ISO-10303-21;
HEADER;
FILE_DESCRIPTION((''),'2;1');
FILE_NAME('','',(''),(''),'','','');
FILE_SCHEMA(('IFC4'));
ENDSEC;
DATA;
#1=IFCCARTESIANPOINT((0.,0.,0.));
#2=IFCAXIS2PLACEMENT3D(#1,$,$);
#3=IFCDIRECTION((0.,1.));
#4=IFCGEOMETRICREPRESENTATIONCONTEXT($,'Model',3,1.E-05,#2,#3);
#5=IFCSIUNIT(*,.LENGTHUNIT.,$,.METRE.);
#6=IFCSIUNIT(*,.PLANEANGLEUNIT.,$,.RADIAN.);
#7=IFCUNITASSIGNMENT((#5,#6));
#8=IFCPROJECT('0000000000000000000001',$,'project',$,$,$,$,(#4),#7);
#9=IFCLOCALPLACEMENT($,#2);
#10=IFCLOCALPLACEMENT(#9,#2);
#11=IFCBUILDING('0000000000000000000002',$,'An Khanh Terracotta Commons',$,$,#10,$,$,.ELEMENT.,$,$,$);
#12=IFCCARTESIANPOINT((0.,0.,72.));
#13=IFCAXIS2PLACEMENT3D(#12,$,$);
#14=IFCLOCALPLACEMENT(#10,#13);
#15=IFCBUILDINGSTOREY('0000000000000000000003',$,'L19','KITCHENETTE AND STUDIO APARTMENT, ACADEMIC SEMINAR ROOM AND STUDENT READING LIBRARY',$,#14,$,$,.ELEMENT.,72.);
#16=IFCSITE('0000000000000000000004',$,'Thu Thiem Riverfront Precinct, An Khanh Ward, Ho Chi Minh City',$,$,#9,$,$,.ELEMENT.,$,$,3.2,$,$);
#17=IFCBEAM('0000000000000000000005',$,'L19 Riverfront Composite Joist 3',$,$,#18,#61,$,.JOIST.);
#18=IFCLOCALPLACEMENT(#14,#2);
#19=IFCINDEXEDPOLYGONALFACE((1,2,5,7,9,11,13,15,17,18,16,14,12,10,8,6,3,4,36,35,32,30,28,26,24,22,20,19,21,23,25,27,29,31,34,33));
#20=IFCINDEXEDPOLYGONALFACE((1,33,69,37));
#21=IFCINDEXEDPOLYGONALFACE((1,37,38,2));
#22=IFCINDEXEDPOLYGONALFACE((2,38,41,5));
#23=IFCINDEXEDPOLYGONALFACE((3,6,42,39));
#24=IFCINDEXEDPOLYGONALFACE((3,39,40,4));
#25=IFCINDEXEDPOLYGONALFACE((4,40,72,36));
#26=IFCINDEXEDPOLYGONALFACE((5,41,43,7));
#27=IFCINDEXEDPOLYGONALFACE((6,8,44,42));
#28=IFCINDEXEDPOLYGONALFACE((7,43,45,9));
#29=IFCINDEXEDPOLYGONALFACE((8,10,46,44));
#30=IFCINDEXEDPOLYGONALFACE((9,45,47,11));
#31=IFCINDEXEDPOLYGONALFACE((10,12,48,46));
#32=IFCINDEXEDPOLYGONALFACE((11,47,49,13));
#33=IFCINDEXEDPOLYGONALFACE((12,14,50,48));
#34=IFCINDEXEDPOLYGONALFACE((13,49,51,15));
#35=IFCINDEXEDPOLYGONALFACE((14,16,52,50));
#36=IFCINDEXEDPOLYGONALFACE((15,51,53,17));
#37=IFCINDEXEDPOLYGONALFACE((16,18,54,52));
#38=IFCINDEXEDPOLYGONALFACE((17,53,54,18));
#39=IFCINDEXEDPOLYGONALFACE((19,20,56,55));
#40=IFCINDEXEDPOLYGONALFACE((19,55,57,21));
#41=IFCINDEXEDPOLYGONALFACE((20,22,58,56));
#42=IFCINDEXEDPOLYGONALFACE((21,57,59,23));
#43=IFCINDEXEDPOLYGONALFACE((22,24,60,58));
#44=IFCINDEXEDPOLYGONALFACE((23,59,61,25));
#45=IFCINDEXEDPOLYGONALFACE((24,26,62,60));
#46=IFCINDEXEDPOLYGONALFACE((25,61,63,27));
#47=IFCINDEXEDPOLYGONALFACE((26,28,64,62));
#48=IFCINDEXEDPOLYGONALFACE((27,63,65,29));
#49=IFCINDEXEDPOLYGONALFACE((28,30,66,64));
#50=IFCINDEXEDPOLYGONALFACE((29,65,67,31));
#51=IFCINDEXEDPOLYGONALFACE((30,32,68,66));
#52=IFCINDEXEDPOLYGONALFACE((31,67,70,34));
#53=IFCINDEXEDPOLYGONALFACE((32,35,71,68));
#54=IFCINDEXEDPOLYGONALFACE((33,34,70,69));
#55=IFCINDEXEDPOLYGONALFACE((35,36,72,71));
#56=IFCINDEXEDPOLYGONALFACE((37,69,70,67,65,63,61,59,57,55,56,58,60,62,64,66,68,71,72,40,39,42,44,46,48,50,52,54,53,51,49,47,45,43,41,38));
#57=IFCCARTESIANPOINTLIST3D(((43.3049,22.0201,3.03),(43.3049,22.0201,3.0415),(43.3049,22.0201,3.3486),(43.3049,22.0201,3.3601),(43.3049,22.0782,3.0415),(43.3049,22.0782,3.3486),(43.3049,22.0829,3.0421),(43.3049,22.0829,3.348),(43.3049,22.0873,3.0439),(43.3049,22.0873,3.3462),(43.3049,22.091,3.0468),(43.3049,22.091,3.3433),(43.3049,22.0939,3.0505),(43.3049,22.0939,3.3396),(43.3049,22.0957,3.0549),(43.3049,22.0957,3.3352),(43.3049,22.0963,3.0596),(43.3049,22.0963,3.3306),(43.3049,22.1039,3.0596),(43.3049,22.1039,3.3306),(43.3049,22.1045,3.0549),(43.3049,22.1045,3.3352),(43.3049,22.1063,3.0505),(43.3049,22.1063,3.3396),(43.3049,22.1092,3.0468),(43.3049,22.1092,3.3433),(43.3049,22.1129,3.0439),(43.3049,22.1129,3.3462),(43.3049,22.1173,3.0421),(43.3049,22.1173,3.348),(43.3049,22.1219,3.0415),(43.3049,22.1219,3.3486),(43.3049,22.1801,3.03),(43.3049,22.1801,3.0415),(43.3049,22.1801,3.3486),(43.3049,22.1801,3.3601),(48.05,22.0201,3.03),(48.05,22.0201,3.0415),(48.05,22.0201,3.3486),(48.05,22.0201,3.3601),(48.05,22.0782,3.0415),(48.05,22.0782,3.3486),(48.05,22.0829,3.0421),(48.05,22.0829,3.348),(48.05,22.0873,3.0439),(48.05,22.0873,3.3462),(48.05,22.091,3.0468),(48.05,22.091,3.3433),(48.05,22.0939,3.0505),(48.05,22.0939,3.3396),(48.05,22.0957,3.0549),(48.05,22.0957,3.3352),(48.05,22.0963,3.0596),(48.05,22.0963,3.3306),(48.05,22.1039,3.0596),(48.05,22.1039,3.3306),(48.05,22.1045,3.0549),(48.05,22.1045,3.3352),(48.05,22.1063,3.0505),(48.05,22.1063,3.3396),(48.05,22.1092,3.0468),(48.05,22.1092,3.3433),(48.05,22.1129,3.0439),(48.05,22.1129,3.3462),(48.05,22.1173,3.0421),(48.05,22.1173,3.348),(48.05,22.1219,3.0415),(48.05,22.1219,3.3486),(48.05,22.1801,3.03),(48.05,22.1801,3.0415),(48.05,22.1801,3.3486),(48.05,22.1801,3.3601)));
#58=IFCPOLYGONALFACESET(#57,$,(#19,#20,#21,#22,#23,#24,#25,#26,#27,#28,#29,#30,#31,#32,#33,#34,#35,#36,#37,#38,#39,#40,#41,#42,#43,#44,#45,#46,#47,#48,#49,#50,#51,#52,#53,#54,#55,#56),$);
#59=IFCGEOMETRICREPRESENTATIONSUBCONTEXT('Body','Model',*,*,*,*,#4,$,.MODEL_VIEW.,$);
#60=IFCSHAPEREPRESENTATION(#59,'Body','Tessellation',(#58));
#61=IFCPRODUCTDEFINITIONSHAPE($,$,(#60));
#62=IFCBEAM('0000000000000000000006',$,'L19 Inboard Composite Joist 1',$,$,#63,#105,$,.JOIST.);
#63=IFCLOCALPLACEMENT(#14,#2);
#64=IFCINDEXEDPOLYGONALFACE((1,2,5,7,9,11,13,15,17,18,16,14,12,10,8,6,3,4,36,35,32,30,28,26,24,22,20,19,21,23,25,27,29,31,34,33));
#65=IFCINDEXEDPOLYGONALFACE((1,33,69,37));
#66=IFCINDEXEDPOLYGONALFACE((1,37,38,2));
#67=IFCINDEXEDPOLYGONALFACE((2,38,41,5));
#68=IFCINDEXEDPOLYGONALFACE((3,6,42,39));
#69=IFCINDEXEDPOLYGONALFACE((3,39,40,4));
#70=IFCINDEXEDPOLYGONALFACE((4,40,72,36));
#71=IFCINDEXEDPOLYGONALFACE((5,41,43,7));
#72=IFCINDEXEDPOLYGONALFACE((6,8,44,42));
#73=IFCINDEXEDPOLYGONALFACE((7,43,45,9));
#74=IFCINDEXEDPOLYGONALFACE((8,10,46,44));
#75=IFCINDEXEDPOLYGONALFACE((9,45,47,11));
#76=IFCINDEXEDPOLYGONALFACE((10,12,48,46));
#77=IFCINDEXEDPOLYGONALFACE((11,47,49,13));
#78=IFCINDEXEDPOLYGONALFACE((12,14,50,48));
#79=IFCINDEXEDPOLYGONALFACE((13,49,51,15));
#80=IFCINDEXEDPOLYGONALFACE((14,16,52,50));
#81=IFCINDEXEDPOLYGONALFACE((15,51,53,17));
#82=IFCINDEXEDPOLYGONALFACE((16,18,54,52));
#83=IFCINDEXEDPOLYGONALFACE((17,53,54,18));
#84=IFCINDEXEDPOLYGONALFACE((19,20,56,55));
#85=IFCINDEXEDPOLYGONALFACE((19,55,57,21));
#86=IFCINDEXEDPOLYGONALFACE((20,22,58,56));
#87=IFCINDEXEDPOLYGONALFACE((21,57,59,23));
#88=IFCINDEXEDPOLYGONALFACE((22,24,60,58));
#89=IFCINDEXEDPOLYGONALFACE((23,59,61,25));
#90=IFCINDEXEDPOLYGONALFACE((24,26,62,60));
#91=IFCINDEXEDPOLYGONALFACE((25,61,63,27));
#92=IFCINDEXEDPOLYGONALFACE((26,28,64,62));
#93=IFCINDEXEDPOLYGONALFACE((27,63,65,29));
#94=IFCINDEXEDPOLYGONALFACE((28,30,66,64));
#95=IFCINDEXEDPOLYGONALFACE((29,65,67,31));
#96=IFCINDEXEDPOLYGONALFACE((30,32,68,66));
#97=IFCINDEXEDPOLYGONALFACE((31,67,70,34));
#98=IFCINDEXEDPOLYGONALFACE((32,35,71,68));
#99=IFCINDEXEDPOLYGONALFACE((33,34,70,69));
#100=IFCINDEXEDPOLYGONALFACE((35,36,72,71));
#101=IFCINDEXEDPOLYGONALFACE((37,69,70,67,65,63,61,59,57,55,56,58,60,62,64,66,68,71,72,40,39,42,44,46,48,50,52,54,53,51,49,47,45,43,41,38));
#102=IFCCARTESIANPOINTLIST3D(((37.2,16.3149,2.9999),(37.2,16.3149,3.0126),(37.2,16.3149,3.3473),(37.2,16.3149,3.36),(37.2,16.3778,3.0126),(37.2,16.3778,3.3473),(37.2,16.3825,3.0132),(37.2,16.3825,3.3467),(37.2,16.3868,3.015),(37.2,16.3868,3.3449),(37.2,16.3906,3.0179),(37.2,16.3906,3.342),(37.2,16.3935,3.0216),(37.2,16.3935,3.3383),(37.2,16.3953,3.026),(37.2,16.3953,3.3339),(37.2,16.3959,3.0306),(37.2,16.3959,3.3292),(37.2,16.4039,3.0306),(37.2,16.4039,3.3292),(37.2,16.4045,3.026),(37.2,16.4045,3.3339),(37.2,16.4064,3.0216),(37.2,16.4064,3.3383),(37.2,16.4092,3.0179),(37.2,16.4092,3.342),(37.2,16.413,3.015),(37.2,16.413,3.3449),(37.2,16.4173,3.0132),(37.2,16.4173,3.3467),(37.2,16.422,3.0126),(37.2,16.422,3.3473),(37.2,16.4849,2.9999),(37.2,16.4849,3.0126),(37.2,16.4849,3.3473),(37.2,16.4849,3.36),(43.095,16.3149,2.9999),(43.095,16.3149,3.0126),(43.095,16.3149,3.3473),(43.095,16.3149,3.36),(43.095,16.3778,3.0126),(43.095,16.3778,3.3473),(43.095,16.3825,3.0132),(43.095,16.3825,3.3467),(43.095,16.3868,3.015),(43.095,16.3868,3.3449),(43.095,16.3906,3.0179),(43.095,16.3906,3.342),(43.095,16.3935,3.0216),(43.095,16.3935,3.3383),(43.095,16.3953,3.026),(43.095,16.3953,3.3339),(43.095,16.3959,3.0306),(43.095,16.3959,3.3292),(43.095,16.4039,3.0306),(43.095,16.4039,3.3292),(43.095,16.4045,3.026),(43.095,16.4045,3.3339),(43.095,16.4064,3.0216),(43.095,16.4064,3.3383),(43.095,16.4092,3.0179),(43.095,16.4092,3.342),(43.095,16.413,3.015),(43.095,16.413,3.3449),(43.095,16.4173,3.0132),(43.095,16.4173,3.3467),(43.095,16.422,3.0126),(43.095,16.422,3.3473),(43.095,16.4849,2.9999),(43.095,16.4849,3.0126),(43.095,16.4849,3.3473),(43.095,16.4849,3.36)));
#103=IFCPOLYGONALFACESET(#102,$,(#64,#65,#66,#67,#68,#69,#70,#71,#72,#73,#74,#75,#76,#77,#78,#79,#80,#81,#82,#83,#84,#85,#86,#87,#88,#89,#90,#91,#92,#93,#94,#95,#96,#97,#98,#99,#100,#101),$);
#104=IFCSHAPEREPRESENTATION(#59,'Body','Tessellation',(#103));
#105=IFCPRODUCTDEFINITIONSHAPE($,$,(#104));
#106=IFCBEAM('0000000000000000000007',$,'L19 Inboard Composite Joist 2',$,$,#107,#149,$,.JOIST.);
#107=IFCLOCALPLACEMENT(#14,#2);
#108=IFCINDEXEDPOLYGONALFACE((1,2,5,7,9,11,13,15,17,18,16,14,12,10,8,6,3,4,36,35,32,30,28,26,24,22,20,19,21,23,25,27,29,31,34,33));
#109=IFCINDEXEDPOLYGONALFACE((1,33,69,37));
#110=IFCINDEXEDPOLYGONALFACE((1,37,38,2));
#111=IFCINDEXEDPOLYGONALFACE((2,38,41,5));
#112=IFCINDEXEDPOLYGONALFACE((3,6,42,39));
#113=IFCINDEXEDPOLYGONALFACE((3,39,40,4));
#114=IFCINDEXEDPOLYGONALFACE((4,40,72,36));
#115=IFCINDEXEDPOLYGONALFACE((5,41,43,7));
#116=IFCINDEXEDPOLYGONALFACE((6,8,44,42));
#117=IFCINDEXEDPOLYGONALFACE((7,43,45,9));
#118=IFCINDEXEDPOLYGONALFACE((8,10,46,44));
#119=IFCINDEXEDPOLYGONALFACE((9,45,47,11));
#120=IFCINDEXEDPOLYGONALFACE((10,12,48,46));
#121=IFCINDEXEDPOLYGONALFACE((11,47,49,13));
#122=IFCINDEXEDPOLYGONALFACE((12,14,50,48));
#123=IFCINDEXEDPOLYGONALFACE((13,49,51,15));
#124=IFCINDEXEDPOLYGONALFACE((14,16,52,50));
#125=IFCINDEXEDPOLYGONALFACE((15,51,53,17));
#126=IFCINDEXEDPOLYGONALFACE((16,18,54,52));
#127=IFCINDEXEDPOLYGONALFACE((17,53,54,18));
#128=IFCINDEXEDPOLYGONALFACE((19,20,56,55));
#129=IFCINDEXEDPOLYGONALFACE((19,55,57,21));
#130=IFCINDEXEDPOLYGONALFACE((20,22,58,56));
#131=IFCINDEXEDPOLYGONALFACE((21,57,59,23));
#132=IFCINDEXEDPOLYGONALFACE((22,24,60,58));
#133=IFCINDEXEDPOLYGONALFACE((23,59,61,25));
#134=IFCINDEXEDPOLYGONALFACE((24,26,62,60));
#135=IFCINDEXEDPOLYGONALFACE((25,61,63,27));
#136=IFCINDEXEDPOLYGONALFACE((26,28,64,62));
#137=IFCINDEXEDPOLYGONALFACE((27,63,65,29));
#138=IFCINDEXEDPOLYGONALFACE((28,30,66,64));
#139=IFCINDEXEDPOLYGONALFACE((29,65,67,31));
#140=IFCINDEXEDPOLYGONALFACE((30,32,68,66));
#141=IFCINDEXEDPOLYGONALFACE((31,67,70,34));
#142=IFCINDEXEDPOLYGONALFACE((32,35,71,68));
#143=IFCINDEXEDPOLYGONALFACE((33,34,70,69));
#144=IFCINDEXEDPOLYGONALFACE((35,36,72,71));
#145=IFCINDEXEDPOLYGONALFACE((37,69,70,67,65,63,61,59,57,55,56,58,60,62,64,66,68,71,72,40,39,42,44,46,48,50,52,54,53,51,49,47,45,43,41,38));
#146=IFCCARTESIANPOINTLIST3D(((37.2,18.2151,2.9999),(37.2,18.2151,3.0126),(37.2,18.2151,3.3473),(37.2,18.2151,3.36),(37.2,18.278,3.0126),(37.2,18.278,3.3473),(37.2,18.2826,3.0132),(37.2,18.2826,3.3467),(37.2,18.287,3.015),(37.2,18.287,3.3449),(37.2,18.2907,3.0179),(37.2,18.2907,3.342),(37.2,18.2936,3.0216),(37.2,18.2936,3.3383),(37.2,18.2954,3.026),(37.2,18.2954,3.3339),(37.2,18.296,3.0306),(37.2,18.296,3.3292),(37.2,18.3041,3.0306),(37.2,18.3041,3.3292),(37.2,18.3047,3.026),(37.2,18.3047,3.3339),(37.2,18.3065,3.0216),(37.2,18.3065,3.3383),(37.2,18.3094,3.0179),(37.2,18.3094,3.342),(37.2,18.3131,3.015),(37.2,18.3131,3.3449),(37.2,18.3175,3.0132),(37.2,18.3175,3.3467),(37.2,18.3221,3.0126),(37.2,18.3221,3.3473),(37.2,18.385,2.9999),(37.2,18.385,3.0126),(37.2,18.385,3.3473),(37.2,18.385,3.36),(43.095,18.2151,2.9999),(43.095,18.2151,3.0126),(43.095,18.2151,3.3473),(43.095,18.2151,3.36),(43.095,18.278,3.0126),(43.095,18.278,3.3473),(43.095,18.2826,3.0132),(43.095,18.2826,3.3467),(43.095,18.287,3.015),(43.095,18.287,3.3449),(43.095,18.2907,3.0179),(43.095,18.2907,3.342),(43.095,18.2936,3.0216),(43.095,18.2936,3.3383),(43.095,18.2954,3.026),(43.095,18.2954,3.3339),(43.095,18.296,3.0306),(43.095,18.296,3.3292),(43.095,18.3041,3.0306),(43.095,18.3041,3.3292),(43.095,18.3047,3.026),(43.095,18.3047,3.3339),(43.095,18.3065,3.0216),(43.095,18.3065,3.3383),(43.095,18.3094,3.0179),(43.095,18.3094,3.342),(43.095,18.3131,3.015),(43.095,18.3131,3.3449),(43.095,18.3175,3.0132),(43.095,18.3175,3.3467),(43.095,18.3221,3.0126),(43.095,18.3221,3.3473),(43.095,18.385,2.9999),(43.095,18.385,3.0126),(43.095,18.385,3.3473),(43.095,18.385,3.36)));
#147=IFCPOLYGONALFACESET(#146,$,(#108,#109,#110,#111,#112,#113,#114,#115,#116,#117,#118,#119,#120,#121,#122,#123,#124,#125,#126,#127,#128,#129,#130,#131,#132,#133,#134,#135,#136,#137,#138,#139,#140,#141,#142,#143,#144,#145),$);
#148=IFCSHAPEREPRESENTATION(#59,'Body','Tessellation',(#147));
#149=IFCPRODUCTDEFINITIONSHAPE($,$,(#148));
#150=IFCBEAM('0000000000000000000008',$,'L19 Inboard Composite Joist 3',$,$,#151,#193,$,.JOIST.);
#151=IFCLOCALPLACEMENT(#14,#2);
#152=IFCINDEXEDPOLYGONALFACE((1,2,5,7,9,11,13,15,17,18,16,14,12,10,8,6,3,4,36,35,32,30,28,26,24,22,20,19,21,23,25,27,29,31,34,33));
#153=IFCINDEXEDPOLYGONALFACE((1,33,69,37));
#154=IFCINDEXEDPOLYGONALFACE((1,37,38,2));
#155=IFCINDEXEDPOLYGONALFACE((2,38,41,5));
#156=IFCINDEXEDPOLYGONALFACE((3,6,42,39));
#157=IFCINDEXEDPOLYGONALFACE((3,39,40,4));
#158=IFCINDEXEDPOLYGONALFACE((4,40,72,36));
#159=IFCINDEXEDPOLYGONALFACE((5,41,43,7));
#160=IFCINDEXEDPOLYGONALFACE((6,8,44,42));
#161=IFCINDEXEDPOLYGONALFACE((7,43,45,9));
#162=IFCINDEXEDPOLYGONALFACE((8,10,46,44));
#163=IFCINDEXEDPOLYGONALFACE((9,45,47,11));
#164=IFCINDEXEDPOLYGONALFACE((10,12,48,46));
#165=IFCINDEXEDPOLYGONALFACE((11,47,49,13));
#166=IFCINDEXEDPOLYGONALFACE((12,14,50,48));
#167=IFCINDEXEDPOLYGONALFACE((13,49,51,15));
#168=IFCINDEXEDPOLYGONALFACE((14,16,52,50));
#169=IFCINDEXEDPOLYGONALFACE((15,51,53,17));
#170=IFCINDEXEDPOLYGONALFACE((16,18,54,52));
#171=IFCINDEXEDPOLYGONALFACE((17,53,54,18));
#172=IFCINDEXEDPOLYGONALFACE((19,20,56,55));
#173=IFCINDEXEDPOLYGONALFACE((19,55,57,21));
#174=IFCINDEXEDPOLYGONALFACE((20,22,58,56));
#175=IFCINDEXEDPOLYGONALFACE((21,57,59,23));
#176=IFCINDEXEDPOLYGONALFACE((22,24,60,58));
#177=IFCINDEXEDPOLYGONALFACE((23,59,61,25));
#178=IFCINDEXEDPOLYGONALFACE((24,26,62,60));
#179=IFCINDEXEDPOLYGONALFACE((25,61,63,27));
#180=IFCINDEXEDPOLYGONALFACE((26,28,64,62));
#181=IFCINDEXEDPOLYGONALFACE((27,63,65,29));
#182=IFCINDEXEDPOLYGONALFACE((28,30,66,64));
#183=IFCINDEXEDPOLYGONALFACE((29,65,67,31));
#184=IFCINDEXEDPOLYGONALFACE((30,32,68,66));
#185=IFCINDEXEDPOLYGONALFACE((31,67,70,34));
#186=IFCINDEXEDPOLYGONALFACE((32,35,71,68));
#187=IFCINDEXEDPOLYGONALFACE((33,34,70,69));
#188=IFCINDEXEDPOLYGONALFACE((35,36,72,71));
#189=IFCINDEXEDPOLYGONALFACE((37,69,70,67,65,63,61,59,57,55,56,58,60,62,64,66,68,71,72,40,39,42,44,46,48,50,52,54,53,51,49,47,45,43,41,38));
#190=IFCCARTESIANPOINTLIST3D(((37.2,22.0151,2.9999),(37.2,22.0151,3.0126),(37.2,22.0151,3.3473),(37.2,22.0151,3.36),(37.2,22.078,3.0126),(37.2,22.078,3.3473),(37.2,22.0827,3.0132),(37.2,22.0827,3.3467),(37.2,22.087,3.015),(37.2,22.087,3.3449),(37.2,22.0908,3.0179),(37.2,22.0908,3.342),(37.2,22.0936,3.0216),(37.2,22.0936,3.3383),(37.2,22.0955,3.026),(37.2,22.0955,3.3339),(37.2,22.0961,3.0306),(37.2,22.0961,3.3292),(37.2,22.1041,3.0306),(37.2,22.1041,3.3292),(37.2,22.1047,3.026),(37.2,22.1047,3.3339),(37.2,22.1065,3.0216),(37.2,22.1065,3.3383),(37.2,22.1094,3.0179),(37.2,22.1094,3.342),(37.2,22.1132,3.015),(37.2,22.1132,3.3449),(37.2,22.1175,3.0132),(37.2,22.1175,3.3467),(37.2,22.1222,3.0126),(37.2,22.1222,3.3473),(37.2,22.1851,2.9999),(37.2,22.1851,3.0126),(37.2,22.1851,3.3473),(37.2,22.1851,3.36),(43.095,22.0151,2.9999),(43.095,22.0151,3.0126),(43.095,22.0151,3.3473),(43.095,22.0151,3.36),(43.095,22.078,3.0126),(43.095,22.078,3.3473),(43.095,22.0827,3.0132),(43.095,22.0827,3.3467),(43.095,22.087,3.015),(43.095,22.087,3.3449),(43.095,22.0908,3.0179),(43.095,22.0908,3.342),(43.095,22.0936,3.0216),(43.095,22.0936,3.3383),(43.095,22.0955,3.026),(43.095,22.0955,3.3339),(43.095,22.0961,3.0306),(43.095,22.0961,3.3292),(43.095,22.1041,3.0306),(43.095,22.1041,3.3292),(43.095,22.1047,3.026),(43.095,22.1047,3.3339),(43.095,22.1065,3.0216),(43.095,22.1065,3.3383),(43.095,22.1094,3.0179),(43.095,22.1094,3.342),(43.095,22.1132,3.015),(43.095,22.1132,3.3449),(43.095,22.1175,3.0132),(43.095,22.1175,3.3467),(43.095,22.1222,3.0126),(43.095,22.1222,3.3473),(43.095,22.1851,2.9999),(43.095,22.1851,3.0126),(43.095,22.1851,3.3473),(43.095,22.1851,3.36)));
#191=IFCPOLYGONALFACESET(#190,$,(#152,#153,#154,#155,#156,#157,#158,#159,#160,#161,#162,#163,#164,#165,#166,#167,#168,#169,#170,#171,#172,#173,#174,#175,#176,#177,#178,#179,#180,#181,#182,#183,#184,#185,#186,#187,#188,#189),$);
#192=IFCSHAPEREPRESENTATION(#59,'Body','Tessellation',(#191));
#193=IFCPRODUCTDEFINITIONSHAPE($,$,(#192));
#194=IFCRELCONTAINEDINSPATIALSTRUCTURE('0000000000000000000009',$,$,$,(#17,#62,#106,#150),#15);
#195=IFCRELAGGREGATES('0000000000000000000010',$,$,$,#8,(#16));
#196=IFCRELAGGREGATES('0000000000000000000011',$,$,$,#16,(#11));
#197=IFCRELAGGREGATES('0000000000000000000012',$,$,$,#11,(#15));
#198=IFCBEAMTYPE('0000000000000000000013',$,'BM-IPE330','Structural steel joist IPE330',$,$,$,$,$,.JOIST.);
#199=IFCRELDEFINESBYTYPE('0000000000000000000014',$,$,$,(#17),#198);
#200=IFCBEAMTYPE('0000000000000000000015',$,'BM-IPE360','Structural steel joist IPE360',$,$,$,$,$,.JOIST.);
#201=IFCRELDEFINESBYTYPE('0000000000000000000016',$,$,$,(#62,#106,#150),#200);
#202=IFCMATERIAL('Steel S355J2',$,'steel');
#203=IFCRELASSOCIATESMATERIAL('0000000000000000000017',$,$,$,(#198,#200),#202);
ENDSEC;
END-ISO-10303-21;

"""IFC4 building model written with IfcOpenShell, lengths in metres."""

from ifc_helpers import new_model, si_unit, direction, frame, origin, origin_2d, place, context, subcontext, project, spatial, i_section, extrude, material, material_profile, profile_set, type_object, element, save


model = new_model("IFC4")

# Units and contexts
model_context = context("Model", 3, precision=1e-05, world=origin(), true_north=direction((0.0, 1.0)))
body_context = subcontext(model_context, "Body", "Model", "MODEL_VIEW")
ifc_project = project(units=[si_unit("LENGTHUNIT", "METRE"), si_unit("PLANEANGLEUNIT", "RADIAN")], contexts=[model_context])

# Site, building, storey
site_placement = place(None, origin())
site = spatial("IfcSite", under=ifc_project, at=site_placement, Name="Thu Thiem Riverfront Precinct, An Khanh Ward, Ho Chi Minh City", CompositionType="ELEMENT", RefElevation=3.2)
building_placement = place(site_placement, origin())
building = spatial("IfcBuilding", under=site, at=building_placement, Name="An Khanh Terracotta Commons", CompositionType="ELEMENT")
storey_placement = place(building_placement, frame((0.0, 0.0, 72.0)))
storey = spatial("IfcBuildingStorey", under=building, at=storey_placement, Name="L19", Description="KITCHENETTE AND STUDIO APARTMENT, ACADEMIC SEMINAR ROOM AND STUDENT READING LIBRARY", CompositionType="ELEMENT", Elevation=72.0)

# Beams
ifc_material_1 = material(Name="Steel S355J2", Category="steel")
ifc_material_profile_1 = material_profile(ifc_material_1, i_section(OverallWidth=0.1599, OverallDepth=0.3301, WebThickness=0.0076, FlangeThickness=0.0115, FilletRadius=0.0181, at=origin_2d()), Name="IPE330")
ifc_profile_set_1 = profile_set([ifc_material_profile_1], Name="Steel S355J2")
beam_type_1 = type_object("IfcBeamType", Name="BM-IPE330", Description="Structural steel joist IPE330", PredefinedType="JOIST", material=ifc_profile_set_1)
for number, where, z_axis, x_axis, name in (
    (1, (43.3049, 22.1001, 3.1951), (1.0, 0.0, 0.0), (0.0, 1.0, 0.0), "L19 Riverfront Composite Joist 3"),
):
    element("IfcBeam", number, at=place(storey_placement, frame(where, z_axis=z_axis, x_axis=x_axis)), inside=storey, type_object=beam_type_1, Name=name, PredefinedType="JOIST", context=body_context, shape_type="SweptSolid", body=[
        extrude(i_section(OverallWidth=0.1599, OverallDepth=0.3301, WebThickness=0.0076, FlangeThickness=0.0115, FilletRadius=0.0181, at=origin_2d()), origin(), (0.0, 0.0, 1.0), 4.7451),
    ])
ifc_material_profile_2 = material_profile(ifc_material_1, i_section(OverallWidth=0.1699, OverallDepth=0.3601, WebThickness=0.0081, FlangeThickness=0.0127, FilletRadius=0.0181, at=origin_2d()), Name="IPE360")
ifc_profile_set_2 = profile_set([ifc_material_profile_2], Name="Steel S355J2")
beam_type_2 = type_object("IfcBeamType", Name="BM-IPE360", Description="Structural steel joist IPE360", PredefinedType="JOIST", material=ifc_profile_set_2)
for number, where, z_axis, x_axis, name in (
    (2, (37.2, 16.3999, 3.1799), (1.0, 0.0, 0.0), (0.0, 1.0, 0.0), "L19 Inboard Composite Joist 1"),
    (3, (37.2, 18.3, 3.1799), (1.0, 0.0, 0.0), (0.0, 1.0, 0.0), "L19 Inboard Composite Joist 2"),
    (4, (37.2, 22.1001, 3.1799), (1.0, 0.0, 0.0), (0.0, 1.0, 0.0), "L19 Inboard Composite Joist 3"),
):
    element("IfcBeam", number, at=place(storey_placement, frame(where, z_axis=z_axis, x_axis=x_axis)), inside=storey, type_object=beam_type_2, Name=name, PredefinedType="JOIST", context=body_context, shape_type="SweptSolid", body=[
        extrude(i_section(OverallWidth=0.1699, OverallDepth=0.3601, WebThickness=0.0081, FlangeThickness=0.0127, FilletRadius=0.0181, at=origin_2d()), origin(), (0.0, 0.0, 1.0), 5.895),
    ])

save(model, "model.ifc")
